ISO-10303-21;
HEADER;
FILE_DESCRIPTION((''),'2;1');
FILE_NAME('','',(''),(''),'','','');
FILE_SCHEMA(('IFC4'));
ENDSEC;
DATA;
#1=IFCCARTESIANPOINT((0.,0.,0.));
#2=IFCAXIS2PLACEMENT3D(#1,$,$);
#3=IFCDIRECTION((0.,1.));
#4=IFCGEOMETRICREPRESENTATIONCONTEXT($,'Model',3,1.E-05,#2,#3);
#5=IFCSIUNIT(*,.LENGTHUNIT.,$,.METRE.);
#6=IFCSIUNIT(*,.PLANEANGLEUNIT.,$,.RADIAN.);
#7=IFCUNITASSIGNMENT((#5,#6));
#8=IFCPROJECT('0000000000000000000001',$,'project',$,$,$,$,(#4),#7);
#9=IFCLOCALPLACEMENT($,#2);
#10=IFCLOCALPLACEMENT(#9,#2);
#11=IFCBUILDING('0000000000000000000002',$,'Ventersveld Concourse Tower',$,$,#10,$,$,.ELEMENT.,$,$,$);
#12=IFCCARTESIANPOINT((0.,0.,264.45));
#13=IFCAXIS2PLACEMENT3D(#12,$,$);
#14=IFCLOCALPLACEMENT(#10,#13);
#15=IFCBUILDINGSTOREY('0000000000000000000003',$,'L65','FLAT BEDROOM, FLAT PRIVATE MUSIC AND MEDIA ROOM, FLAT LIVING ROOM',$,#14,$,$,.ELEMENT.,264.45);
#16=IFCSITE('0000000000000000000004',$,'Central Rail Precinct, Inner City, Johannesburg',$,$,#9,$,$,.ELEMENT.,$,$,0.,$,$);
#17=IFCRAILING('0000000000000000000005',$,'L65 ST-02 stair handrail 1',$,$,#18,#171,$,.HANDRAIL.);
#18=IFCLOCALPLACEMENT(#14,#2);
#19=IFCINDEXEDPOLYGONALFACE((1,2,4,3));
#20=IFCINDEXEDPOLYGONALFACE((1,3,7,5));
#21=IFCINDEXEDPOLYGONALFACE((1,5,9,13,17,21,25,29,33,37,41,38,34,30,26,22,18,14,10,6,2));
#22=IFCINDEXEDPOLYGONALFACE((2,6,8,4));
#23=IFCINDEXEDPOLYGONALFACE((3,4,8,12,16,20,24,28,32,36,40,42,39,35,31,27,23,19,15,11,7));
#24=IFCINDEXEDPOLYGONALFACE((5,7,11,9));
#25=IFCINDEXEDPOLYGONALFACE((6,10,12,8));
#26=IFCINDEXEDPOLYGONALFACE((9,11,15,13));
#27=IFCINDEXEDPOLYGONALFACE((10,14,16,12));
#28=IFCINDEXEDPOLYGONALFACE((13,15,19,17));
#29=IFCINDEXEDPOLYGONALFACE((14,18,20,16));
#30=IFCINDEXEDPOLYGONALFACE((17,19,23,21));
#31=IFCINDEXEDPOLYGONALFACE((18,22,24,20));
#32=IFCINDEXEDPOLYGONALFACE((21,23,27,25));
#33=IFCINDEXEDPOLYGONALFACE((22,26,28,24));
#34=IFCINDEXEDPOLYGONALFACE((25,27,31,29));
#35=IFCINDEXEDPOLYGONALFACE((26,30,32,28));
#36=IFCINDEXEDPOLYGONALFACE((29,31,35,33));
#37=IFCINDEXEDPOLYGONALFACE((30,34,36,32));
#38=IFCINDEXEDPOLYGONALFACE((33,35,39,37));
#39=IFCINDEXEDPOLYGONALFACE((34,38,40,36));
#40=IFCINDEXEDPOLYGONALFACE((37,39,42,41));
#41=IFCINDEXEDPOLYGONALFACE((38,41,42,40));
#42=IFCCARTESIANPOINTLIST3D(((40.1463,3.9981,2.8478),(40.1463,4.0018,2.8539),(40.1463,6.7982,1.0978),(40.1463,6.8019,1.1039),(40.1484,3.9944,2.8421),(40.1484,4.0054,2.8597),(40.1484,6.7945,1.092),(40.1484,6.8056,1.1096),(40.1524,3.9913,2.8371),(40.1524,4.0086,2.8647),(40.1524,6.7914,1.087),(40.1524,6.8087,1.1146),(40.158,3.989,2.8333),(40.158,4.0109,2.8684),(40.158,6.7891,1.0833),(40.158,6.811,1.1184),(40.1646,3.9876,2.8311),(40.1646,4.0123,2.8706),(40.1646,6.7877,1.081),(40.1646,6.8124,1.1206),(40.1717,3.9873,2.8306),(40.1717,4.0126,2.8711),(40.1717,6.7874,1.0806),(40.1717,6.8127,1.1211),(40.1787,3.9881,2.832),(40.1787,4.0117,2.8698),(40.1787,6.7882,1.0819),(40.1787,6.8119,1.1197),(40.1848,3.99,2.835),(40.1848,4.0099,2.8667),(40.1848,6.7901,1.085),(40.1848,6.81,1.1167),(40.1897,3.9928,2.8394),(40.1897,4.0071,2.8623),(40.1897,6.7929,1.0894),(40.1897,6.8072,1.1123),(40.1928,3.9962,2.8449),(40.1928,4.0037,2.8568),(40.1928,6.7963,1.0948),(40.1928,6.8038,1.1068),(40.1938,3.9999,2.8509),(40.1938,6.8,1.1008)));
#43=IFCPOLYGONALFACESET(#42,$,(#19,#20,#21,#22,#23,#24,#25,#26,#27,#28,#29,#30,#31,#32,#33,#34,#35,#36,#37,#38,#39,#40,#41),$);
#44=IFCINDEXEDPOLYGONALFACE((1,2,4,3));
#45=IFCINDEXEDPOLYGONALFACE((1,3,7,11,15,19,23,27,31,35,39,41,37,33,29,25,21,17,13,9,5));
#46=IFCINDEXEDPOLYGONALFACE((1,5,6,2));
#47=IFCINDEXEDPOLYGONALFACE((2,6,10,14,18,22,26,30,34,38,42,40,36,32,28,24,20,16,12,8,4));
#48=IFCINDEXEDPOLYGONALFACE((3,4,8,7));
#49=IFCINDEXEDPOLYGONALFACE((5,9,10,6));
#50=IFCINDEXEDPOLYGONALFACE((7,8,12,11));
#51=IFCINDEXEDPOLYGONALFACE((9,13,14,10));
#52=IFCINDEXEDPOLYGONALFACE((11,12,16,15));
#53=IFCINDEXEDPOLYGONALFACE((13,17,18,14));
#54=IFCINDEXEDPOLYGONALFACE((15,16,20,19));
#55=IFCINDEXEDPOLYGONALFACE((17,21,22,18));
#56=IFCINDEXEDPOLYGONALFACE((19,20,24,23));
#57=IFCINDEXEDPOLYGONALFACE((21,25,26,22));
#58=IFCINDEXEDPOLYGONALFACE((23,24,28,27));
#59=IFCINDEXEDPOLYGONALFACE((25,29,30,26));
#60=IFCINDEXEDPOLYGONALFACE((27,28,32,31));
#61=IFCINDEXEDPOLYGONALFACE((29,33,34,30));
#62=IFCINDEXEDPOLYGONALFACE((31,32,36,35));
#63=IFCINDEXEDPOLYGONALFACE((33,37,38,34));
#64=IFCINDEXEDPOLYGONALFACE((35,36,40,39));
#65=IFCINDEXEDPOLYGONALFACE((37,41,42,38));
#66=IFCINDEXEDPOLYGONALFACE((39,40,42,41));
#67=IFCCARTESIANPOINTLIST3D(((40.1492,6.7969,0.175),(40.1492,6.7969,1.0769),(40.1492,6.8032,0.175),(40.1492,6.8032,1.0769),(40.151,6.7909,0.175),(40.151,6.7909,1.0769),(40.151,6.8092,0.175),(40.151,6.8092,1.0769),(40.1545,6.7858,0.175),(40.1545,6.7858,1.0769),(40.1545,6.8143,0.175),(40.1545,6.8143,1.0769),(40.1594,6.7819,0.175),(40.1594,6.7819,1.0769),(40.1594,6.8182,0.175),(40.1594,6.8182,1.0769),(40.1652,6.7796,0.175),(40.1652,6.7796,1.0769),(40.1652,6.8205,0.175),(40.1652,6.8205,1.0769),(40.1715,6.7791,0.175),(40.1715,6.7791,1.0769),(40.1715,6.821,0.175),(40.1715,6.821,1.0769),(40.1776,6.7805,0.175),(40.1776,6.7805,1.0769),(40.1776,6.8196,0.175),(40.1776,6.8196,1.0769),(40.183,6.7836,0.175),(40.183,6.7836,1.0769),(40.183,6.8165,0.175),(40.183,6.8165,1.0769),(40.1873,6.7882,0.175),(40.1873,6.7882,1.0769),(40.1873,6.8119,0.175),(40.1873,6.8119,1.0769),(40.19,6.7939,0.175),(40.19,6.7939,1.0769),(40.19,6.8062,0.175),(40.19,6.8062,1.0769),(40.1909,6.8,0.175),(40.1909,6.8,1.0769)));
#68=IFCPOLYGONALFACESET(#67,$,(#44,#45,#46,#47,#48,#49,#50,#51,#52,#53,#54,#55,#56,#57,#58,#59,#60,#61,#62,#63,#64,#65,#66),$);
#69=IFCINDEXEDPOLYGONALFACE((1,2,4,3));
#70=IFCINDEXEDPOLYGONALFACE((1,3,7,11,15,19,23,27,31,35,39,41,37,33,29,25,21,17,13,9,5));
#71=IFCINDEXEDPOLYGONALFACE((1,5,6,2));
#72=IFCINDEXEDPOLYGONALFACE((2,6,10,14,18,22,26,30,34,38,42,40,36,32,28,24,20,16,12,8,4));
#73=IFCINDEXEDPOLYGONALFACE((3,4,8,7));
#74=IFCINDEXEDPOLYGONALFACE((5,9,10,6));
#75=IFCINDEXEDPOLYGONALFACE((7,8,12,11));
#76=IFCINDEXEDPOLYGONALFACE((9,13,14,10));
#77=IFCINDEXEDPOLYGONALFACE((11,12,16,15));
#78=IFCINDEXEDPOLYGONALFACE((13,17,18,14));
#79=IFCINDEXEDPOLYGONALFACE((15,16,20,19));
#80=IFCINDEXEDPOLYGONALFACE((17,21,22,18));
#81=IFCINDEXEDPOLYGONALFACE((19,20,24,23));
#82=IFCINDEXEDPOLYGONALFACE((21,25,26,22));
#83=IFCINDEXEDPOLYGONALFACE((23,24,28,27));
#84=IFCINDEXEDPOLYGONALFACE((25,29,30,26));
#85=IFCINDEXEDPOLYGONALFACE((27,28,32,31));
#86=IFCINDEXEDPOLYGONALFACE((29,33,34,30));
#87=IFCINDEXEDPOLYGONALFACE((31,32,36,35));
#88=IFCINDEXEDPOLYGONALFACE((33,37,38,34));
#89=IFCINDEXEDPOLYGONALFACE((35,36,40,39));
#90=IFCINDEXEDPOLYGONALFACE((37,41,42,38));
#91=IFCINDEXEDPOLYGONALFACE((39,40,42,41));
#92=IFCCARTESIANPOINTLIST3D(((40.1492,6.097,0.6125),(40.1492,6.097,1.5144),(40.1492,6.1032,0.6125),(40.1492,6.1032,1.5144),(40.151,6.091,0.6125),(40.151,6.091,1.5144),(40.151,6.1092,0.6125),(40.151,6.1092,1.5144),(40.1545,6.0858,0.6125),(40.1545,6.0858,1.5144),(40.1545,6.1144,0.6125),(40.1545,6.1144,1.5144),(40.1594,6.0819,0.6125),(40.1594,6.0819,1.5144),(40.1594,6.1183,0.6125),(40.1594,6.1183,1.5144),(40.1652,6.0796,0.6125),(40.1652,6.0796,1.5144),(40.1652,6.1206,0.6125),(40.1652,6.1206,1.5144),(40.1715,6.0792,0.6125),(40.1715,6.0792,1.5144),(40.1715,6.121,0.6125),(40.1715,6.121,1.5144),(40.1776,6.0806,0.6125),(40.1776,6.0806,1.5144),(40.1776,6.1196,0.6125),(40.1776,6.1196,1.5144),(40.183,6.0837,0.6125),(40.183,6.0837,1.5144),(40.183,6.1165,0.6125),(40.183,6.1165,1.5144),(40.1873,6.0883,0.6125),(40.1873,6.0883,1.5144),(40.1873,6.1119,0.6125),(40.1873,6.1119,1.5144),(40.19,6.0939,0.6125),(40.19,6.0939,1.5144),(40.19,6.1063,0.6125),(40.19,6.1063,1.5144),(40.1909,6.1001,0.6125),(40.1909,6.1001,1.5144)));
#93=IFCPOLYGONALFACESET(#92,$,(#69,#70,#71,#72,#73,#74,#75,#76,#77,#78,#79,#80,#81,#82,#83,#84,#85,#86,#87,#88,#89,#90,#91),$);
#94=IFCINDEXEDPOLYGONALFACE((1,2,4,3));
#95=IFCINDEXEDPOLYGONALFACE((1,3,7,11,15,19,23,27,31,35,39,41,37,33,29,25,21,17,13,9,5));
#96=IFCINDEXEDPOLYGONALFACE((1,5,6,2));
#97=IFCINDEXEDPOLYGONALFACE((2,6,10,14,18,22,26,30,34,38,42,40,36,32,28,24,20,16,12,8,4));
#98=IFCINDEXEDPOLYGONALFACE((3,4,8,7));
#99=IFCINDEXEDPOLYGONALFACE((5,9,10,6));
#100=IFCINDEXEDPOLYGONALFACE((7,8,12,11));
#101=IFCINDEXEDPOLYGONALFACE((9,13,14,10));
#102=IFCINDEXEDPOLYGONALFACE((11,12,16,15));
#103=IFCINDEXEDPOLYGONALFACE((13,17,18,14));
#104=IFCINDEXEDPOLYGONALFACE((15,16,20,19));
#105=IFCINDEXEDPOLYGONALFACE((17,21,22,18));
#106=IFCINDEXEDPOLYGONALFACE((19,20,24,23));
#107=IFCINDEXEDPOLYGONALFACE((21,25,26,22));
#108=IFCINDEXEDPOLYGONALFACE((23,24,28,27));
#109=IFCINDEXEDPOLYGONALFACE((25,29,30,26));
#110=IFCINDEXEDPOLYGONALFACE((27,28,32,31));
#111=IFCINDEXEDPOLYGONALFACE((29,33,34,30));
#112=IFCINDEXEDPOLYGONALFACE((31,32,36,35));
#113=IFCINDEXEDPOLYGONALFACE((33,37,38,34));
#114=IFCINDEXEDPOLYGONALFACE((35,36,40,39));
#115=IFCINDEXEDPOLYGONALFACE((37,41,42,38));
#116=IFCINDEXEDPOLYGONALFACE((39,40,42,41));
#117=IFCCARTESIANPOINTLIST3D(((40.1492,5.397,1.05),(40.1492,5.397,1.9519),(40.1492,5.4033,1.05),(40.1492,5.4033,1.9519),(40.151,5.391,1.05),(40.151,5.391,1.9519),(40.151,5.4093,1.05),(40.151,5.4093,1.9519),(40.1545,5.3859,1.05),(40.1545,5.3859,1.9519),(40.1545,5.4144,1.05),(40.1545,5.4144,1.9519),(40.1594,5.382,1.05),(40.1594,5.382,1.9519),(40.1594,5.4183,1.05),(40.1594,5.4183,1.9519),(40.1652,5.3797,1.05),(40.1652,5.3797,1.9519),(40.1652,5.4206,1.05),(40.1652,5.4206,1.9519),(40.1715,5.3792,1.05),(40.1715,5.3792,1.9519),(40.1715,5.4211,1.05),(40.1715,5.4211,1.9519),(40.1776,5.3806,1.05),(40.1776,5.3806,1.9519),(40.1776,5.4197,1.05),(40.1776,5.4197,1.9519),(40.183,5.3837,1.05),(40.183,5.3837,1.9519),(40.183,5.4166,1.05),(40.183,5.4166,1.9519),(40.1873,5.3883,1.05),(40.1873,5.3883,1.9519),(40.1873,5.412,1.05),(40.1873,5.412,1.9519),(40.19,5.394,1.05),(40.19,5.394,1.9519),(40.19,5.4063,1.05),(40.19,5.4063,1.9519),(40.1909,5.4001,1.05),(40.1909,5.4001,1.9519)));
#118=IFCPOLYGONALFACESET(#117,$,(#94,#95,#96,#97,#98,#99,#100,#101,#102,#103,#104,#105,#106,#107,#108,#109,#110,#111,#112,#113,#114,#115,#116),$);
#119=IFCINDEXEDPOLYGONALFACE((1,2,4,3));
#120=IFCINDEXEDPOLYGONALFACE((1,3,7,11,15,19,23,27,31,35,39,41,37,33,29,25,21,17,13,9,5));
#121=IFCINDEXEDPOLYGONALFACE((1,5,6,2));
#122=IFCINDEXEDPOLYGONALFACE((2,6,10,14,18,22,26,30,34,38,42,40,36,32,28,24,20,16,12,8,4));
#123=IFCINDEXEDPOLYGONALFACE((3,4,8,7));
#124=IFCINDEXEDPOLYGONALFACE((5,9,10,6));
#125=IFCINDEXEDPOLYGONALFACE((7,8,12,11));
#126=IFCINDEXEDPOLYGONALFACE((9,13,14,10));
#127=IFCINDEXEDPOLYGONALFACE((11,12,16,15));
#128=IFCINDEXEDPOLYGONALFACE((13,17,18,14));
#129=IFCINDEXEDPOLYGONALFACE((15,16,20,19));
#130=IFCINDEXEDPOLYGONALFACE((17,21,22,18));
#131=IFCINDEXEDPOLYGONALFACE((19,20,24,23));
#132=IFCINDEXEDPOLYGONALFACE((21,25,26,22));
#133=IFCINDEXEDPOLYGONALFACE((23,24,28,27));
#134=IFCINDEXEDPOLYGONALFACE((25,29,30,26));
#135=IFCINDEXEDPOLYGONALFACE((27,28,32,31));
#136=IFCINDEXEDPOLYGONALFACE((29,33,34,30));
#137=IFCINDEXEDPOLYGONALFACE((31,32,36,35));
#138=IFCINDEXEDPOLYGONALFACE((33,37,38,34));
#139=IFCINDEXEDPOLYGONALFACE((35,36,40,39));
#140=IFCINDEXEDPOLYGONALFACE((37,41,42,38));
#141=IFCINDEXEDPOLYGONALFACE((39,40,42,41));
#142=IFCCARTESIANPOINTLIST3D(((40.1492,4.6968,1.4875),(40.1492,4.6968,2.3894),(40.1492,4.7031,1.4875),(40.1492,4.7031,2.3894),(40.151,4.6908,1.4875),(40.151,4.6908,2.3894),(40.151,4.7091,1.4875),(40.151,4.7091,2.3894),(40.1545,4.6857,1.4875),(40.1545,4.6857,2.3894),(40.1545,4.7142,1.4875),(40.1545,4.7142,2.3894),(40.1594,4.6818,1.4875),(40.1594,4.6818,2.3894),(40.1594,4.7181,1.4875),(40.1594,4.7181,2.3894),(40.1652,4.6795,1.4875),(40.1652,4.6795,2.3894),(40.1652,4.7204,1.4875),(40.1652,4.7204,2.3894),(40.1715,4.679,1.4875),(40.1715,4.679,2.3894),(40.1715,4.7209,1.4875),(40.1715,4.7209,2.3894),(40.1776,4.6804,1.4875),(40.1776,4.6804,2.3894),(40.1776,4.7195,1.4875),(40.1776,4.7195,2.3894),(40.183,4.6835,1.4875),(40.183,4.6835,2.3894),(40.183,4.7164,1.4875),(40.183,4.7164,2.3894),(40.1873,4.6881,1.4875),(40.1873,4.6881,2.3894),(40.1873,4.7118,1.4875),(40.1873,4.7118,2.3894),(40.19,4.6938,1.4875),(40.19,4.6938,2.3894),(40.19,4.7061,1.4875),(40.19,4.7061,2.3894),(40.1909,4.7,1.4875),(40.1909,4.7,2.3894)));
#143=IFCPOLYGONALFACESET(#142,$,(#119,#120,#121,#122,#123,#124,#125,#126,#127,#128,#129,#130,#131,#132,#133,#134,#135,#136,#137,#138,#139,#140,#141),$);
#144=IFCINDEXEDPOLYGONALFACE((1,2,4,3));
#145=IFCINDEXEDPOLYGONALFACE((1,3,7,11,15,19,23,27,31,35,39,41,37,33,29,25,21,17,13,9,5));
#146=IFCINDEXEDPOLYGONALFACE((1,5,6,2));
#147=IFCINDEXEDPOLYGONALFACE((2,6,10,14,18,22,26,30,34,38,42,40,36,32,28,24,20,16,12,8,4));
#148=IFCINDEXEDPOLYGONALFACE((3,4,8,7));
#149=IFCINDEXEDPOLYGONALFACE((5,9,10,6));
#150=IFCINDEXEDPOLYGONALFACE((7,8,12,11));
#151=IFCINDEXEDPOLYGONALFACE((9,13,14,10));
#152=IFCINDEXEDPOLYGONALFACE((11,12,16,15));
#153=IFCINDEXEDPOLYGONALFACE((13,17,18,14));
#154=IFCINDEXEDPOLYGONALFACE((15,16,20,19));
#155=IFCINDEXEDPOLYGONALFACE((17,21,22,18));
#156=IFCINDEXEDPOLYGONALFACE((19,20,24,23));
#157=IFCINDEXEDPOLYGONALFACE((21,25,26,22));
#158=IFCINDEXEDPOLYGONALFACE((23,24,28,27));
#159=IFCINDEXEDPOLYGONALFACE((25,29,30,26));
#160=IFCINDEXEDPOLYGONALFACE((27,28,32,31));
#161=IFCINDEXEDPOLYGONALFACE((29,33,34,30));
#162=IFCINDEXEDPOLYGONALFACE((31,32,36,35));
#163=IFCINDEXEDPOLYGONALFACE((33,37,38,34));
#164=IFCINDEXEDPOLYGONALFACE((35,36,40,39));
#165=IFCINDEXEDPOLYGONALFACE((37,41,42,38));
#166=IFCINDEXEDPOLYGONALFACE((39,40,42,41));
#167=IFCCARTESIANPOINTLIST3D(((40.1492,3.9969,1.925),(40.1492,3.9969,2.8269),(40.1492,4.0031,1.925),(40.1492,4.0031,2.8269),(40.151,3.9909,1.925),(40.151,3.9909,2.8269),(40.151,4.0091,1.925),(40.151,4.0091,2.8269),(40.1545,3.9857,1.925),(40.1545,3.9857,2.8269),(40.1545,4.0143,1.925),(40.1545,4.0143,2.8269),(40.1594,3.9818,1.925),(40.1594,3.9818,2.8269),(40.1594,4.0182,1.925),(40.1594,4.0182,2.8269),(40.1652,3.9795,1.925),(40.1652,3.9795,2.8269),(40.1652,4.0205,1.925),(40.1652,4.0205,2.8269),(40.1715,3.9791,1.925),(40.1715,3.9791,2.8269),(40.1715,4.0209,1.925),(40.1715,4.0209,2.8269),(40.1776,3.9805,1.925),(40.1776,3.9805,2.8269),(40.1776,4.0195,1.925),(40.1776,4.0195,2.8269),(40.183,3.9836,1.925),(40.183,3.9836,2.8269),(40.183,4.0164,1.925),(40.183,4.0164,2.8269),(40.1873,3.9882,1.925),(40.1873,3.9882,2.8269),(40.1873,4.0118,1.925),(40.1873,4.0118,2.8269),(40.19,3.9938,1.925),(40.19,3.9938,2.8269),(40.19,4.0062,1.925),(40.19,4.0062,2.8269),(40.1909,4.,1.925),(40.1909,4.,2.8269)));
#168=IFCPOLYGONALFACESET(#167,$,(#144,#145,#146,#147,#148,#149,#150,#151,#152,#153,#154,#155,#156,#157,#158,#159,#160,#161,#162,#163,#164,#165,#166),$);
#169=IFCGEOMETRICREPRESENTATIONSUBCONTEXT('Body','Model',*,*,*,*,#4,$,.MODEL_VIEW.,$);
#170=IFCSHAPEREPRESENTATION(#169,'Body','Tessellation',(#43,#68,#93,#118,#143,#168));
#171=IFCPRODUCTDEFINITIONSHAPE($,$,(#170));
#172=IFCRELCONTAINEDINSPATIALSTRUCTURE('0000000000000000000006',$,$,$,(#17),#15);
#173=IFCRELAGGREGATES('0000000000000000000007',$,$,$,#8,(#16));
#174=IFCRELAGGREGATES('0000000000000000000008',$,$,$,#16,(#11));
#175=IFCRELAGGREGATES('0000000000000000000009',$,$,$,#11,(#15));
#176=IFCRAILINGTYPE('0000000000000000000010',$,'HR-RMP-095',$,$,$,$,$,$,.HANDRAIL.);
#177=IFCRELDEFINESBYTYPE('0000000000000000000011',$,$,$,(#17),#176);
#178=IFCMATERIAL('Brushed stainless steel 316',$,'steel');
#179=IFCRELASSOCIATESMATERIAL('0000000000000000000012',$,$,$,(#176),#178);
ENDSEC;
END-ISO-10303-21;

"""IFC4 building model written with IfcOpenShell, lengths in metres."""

from ifc_helpers import new_model, si_unit, direction, frame, origin, origin_2d, place, context, subcontext, project, spatial, circle, extrude, material, type_object, element, save


model = new_model("IFC4")

# Units and contexts
model_context = context("Model", 3, precision=1e-05, world=origin(), true_north=direction((0.0, 1.0)))
body_context = subcontext(model_context, "Body", "Model", "MODEL_VIEW")
ifc_project = project(units=[si_unit("LENGTHUNIT", "METRE"), si_unit("PLANEANGLEUNIT", "RADIAN")], contexts=[model_context])

# Site, building, storey
site_placement = place(None, origin())
site = spatial("IfcSite", under=ifc_project, at=site_placement, Name="Central Rail Precinct, Inner City, Johannesburg", CompositionType="ELEMENT", RefElevation=0.0)
building_placement = place(site_placement, origin())
building = spatial("IfcBuilding", under=site, at=building_placement, Name="Ventersveld Concourse Tower", CompositionType="ELEMENT")
storey_placement = place(building_placement, frame((0.0, 0.0, 264.45)))
storey = spatial("IfcBuildingStorey", under=building, at=storey_placement, Name="L65", Description="FLAT BEDROOM, FLAT PRIVATE MUSIC AND MEDIA ROOM, FLAT LIVING ROOM", CompositionType="ELEMENT", Elevation=264.45)

# Shared definitions
ifc_material_1 = material(Name="Brushed stainless steel 316", Category="steel")

# Railing
railing_type_1 = type_object("IfcRailingType", Name="HR-RMP-095", PredefinedType="HANDRAIL", material=ifc_material_1)
railing_1_placement = place(storey_placement, frame((40.1699, 6.8, 0.175)))
element("IfcRailing", 1, at=railing_1_placement, inside=storey, type_object=railing_type_1, Name="L65 ST-02 stair handrail 1", PredefinedType="HANDRAIL", context=body_context, shape_type="SweptSolid", body=[
    extrude(circle(Radius=0.0239, at=origin_2d()), frame((0.0, 0.0, 0.9258), z_axis=(0.0, -0.848002, 0.529992), x_axis=(1.0, 0.0, 0.0)), (0.0, 0.0, 1.0), 3.302),
    extrude(circle(Radius=0.021, at=origin_2d()), origin(), (0.0, 0.0, 1.0), 0.9019),
    extrude(circle(Radius=0.021, at=origin_2d()), frame((0.0, -0.7, 0.4375)), (0.0, 0.0, 1.0), 0.9019),
    extrude(circle(Radius=0.021, at=origin_2d()), frame((0.0, -1.3999, 0.875)), (0.0, 0.0, 1.0), 0.9019),
    extrude(circle(Radius=0.021, at=origin_2d()), frame((0.0, -2.1001, 1.3125)), (0.0, 0.0, 1.0), 0.9019),
    extrude(circle(Radius=0.021, at=origin_2d()), frame((0.0, -2.8, 1.75)), (0.0, 0.0, 1.0), 0.9019),
])

save(model, "model.ifc")
